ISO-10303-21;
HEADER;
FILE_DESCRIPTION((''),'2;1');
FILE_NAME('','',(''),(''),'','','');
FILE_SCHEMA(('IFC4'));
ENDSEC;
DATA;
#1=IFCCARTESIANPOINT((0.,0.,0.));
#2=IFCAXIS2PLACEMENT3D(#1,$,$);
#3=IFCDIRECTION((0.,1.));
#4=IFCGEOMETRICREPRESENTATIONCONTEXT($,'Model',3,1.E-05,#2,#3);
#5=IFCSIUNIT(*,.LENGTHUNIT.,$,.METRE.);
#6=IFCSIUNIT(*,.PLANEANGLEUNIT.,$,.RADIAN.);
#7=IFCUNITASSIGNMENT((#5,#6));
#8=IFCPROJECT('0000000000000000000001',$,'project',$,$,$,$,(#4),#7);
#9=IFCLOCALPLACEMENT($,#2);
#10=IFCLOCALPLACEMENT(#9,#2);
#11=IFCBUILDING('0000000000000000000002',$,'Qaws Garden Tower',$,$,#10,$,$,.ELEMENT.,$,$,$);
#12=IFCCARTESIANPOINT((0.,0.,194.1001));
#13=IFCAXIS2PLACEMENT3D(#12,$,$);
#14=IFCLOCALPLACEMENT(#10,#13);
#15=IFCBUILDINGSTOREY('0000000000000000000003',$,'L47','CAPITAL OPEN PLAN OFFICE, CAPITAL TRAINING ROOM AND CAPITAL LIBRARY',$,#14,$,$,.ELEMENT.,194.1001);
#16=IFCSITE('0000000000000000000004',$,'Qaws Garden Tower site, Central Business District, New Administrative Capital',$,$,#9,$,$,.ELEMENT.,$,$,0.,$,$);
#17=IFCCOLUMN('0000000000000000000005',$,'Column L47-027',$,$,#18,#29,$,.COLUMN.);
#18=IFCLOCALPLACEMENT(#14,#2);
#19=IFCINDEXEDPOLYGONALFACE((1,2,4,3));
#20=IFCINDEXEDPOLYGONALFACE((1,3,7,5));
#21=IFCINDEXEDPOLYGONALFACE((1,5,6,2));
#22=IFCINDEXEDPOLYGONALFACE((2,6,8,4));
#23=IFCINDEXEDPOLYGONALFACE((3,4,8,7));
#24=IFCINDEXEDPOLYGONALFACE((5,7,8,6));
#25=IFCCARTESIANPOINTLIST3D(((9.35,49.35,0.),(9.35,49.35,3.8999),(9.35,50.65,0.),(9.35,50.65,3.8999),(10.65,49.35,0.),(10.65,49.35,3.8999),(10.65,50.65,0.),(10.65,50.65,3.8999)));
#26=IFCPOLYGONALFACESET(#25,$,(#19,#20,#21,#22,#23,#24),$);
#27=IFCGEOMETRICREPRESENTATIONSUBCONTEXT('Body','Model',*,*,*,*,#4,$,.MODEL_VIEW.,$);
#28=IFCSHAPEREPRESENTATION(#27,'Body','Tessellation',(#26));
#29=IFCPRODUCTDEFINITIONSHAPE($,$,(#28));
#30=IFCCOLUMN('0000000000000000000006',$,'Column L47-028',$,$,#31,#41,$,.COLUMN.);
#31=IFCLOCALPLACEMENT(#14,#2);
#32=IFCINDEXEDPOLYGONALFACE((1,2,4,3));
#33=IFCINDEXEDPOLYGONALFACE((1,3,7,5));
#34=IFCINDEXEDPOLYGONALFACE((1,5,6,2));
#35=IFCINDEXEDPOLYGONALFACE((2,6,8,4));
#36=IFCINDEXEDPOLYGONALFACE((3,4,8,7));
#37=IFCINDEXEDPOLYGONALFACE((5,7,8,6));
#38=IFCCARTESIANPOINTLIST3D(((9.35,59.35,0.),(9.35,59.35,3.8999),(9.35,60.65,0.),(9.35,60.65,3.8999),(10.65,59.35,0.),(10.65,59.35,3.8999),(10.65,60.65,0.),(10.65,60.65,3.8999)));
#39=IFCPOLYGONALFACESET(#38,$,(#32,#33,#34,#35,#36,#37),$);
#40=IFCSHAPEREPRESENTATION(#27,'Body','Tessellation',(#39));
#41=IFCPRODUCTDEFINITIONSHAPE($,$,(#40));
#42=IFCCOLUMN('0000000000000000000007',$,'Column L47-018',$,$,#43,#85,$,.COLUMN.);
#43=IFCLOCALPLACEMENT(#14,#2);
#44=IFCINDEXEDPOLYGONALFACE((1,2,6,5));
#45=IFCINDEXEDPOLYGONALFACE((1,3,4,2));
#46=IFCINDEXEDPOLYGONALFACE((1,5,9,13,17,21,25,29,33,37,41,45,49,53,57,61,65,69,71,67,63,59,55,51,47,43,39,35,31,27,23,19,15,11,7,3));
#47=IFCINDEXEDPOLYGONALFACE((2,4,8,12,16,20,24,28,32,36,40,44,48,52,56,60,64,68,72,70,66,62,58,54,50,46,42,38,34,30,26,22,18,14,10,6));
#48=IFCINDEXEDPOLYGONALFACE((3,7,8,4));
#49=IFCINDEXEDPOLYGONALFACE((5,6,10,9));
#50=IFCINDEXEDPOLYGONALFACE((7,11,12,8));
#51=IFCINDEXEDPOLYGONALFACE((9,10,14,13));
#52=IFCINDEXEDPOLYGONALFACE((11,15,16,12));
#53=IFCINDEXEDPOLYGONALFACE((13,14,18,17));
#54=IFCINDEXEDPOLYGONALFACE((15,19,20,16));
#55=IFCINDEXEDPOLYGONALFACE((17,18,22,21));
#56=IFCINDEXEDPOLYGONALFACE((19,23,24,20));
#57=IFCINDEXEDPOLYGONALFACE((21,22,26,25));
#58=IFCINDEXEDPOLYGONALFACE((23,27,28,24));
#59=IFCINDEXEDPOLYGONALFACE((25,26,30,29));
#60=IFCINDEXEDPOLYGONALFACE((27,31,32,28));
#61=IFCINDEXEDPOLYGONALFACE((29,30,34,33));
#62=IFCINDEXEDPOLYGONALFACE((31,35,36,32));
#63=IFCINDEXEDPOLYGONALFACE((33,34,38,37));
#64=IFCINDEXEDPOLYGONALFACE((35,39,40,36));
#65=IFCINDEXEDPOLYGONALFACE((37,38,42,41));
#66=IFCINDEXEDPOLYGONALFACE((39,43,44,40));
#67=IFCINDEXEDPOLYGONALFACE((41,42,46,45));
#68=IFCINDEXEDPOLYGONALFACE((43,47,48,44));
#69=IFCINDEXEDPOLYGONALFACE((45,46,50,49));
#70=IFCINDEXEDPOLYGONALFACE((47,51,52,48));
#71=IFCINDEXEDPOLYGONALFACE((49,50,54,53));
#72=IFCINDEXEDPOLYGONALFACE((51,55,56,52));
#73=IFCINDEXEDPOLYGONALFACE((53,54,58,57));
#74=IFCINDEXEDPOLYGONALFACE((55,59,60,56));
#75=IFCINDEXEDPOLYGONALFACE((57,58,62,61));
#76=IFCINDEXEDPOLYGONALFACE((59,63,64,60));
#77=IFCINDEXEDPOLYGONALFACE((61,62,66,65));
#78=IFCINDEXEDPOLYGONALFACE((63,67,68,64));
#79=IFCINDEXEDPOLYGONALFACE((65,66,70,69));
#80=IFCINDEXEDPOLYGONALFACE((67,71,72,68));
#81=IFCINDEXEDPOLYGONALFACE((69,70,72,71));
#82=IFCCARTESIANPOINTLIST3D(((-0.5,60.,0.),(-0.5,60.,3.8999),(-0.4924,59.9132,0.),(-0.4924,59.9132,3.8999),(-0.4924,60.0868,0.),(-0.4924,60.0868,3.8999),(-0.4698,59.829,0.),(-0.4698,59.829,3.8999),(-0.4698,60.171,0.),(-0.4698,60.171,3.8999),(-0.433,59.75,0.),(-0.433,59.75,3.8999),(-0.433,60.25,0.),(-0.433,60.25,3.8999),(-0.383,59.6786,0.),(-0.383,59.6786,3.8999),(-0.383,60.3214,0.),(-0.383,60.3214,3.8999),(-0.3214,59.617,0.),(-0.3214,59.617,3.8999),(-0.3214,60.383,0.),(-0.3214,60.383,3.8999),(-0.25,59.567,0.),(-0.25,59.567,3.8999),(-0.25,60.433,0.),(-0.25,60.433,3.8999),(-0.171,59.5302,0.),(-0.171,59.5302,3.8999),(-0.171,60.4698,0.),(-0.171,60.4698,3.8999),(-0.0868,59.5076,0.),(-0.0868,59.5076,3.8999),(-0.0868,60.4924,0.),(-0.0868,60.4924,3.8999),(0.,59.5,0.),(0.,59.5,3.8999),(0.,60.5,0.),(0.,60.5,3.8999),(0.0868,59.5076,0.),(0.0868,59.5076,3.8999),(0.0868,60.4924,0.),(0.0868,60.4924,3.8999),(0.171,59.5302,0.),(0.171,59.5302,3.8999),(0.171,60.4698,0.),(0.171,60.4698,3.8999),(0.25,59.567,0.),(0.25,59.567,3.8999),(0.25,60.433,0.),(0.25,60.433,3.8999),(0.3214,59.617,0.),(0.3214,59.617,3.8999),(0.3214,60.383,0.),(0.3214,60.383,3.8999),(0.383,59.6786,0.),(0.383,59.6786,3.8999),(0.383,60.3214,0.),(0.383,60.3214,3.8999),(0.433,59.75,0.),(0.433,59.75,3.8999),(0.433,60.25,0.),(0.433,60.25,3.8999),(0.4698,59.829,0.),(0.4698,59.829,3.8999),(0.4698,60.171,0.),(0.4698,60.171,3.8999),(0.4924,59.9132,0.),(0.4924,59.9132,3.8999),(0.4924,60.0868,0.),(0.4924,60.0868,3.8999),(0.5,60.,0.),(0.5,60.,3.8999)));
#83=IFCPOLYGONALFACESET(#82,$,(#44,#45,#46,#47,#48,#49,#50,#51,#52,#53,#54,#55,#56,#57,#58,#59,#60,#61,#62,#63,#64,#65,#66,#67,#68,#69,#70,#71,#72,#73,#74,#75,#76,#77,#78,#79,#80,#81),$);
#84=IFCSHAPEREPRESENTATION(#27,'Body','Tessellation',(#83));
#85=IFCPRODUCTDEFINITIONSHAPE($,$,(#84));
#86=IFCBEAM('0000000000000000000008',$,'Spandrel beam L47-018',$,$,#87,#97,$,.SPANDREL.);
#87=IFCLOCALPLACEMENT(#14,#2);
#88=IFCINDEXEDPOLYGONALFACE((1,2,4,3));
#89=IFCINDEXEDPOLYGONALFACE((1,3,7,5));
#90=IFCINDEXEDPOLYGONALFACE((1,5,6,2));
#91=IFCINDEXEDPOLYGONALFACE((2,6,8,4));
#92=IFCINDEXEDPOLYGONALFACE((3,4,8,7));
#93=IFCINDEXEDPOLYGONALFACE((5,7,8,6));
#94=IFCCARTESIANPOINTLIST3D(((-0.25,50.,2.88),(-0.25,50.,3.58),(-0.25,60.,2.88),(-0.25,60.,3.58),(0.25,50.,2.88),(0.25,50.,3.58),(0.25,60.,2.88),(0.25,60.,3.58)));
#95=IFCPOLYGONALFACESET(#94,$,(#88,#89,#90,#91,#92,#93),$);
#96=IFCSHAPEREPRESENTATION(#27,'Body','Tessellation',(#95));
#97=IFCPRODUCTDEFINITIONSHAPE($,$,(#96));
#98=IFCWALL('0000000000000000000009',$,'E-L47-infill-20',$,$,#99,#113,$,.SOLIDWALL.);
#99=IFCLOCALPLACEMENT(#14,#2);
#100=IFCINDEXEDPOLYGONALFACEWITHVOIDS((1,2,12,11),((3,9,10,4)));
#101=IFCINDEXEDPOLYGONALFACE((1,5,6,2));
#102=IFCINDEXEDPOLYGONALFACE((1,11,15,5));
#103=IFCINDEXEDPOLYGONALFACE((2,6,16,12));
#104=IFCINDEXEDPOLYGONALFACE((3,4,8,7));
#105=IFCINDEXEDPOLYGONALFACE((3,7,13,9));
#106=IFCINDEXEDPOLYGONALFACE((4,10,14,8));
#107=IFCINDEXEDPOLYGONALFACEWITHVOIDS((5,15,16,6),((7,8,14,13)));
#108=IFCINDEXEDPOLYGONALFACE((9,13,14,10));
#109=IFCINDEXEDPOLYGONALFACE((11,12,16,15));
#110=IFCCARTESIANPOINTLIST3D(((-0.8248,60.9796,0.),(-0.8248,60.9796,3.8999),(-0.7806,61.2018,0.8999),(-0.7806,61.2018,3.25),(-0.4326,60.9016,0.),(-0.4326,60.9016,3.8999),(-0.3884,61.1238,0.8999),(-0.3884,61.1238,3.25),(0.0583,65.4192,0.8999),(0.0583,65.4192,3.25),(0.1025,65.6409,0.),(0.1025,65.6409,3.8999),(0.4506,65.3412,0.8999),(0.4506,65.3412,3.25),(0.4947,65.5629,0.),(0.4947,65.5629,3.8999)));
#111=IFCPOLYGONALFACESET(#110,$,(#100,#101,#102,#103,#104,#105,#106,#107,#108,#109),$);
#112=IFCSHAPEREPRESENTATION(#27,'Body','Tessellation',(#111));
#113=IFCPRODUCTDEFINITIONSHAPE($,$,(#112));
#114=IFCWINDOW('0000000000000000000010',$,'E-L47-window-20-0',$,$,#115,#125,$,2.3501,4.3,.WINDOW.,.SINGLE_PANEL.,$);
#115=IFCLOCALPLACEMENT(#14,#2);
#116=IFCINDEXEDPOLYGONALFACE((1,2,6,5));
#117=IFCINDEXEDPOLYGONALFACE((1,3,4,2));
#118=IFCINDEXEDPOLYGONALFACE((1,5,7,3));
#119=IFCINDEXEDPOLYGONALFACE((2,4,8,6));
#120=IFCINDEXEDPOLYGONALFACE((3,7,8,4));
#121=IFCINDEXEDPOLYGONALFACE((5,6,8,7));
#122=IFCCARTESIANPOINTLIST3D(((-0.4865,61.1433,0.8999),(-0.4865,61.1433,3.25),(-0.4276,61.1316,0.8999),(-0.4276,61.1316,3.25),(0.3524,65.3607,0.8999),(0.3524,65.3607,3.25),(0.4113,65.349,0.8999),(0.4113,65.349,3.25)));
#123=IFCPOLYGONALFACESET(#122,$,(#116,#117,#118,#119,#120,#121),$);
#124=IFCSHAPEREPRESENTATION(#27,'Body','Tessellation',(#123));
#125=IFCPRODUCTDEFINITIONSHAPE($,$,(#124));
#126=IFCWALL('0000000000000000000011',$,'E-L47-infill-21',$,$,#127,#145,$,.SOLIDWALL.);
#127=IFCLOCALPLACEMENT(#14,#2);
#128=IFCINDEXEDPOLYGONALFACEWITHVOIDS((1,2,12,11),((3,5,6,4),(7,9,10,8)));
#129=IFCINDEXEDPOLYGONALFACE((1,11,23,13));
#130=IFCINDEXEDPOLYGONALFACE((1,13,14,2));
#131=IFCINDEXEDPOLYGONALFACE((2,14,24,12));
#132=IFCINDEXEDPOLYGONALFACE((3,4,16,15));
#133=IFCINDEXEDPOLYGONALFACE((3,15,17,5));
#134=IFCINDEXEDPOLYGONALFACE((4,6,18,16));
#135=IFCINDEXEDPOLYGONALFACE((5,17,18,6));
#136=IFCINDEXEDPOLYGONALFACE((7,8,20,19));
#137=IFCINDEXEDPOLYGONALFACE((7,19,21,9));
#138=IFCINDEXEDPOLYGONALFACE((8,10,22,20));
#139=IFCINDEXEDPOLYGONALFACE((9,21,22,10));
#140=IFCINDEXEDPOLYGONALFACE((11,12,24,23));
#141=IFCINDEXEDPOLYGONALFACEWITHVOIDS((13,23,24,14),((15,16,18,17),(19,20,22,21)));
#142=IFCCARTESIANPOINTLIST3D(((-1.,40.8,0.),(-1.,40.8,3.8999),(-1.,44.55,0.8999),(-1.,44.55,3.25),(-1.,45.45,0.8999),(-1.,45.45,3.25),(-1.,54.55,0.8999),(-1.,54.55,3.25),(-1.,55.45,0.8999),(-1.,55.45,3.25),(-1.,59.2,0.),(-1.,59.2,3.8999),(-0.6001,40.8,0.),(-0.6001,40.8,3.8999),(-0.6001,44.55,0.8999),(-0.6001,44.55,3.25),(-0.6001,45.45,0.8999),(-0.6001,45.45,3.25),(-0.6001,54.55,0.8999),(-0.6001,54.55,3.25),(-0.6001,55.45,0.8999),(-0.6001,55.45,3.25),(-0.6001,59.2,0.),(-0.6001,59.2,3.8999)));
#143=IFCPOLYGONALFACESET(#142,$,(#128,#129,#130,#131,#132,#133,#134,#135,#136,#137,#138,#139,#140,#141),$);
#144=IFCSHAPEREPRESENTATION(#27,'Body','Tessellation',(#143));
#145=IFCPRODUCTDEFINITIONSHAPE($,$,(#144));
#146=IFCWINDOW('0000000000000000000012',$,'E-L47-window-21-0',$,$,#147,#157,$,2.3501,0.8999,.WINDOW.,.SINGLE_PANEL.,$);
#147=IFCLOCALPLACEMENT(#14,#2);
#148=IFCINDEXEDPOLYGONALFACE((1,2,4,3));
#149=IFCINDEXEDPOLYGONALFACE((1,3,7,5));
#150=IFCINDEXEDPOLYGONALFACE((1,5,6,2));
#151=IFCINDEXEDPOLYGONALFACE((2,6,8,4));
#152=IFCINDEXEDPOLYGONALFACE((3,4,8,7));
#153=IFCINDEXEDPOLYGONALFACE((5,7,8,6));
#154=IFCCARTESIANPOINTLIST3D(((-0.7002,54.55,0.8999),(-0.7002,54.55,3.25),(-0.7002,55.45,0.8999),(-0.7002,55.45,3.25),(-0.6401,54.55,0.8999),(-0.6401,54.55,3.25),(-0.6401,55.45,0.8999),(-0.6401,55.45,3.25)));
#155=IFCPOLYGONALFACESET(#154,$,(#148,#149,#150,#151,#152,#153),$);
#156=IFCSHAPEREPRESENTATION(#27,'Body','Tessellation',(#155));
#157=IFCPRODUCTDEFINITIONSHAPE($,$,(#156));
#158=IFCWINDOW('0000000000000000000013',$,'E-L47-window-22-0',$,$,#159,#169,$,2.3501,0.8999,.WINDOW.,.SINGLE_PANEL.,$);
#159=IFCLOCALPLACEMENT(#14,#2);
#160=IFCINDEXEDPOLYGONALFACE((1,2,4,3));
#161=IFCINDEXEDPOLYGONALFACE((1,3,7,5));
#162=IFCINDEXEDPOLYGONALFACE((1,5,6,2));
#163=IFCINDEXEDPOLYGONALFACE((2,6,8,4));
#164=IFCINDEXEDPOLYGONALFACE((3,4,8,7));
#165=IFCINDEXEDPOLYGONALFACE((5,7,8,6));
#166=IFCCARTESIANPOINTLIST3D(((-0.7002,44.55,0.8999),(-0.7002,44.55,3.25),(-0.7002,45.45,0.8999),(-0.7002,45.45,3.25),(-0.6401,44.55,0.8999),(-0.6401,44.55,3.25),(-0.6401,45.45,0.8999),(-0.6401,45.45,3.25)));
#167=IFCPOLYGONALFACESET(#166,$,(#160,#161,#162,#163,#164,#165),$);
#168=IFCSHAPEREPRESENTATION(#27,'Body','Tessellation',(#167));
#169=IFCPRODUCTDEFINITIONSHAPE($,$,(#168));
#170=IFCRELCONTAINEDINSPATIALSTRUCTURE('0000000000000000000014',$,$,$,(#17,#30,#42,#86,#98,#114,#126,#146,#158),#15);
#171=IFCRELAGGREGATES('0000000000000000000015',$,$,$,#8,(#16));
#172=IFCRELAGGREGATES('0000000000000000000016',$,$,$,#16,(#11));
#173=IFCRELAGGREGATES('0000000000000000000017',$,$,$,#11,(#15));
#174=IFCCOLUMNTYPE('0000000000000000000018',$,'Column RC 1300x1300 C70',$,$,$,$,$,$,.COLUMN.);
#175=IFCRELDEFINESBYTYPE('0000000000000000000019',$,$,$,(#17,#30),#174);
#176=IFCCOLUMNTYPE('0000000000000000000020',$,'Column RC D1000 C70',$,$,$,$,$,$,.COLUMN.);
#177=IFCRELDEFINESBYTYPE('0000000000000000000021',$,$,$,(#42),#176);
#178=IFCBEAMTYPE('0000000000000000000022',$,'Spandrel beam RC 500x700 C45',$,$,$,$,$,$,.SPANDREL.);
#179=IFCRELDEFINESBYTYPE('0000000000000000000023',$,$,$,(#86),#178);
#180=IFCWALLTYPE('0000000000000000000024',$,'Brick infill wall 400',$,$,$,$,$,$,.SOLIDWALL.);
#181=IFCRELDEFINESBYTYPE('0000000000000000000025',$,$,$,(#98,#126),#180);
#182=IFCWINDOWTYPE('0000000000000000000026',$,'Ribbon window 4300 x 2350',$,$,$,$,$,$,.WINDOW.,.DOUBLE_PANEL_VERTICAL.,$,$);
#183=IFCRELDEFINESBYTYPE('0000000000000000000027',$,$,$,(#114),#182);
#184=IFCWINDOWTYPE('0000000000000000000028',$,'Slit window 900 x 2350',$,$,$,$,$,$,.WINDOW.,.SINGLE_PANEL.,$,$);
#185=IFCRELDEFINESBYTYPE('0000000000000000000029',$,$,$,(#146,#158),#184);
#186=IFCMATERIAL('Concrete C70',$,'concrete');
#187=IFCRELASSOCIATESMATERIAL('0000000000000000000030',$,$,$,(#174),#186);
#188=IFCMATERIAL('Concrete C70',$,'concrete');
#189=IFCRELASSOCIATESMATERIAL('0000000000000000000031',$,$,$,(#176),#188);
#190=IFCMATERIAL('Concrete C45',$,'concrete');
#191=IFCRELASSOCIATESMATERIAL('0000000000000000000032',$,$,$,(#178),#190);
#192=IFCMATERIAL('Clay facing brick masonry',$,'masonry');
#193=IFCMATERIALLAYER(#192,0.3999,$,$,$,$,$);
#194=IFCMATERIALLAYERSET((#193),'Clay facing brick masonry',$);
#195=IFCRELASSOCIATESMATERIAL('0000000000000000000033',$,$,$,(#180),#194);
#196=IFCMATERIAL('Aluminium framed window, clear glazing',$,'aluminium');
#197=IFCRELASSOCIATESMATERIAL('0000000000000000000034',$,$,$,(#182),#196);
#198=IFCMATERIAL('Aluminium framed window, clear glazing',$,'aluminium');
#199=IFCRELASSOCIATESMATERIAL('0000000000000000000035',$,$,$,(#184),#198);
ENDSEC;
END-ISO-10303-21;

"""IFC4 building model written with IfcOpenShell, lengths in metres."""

from ifc_helpers import new_model, si_unit, direction, frame, frame_2d, origin, origin_2d, place, context, subcontext, project, spatial, rectangle, circle, extrude, material, layer, layer_set, material_profile, profile_set, type_object, element, fill, save


model = new_model("IFC4")

# Units and contexts
model_context = context("Model", 3, precision=1e-05, world=origin(), true_north=direction((0.0, 1.0)))
body_context = subcontext(model_context, "Body", "Model", "MODEL_VIEW")
ifc_project = project(units=[si_unit("LENGTHUNIT", "METRE"), si_unit("PLANEANGLEUNIT", "RADIAN")], contexts=[model_context])

# Site, building, storey
site_placement = place(None, origin())
site = spatial("IfcSite", under=ifc_project, at=site_placement, Name="Qaws Garden Tower site, Central Business District, New Administrative Capital", CompositionType="ELEMENT", RefElevation=0.0)
building_placement = place(site_placement, origin())
building = spatial("IfcBuilding", under=site, at=building_placement, Name="Qaws Garden Tower", CompositionType="ELEMENT")
storey_placement = place(building_placement, frame((0.0, 0.0, 194.1001)))
storey = spatial("IfcBuildingStorey", under=building, at=storey_placement, Name="L47", Description="CAPITAL OPEN PLAN OFFICE, CAPITAL TRAINING ROOM AND CAPITAL LIBRARY", CompositionType="ELEMENT", Elevation=194.1001)

# Columns
ifc_material_1 = material(Name="Concrete C70", Category="concrete")
ifc_material_profile_1 = material_profile(ifc_material_1, rectangle(XDim=1.3, YDim=1.3, at=origin_2d()), Name="RC 1300x1300")
ifc_profile_set_1 = profile_set([ifc_material_profile_1], Name="Concrete C70")
column_type_1 = type_object("IfcColumnType", Name="Column RC 1300x1300 C70", PredefinedType="COLUMN", material=ifc_profile_set_1)
for number, where, z_axis, x_axis, name in (
    (1, (10.0, 50.0, 0.0), (0.0, 0.0, 1.0), (1.0, 0.0, 0.0), "Column L47-027"),
    (2, (10.0, 60.0, 0.0), (0.0, 0.0, 1.0), (1.0, 0.0, 0.0), "Column L47-028"),
):
    element("IfcColumn", number, at=place(storey_placement, frame(where, z_axis=z_axis, x_axis=x_axis)), inside=storey, type_object=column_type_1, Name=name, PredefinedType="COLUMN", context=body_context, shape_type="SweptSolid", body=[
        extrude(rectangle(XDim=1.3, YDim=1.3, at=origin_2d()), origin(), (0.0, 0.0, 1.0), 3.8999),
    ])
ifc_material_2 = material(Name="Concrete C70", Category="concrete")
ifc_material_profile_2 = material_profile(ifc_material_2, circle(Radius=0.5, at=origin_2d()), Name="RC D1000")
ifc_profile_set_2 = profile_set([ifc_material_profile_2], Name="Concrete C70")
column_type_2 = type_object("IfcColumnType", Name="Column RC D1000 C70", PredefinedType="COLUMN", material=ifc_profile_set_2)
column_placement = place(storey_placement, frame((0.0, 60.0, 0.0), z_axis=(0.0, 0.0, 1.0), x_axis=(1.0, 0.0, 0.0)))
element("IfcColumn", 3, at=column_placement, inside=storey, type_object=column_type_2, Name="Column L47-018", PredefinedType="COLUMN", context=body_context, shape_type="SweptSolid", body=[
    extrude(circle(Radius=0.5, at=origin_2d()), origin(), (0.0, 0.0, 1.0), 3.8999),
])

# Beam
ifc_material_3 = material(Name="Concrete C45", Category="concrete")
ifc_material_profile_3 = material_profile(ifc_material_3, rectangle(XDim=0.5, YDim=0.7, at=origin_2d()), Name="RC 500x700")
ifc_profile_set_3 = profile_set([ifc_material_profile_3], Name="Concrete C45")
beam_type = type_object("IfcBeamType", Name="Spandrel beam RC 500x700 C45", PredefinedType="SPANDREL", material=ifc_profile_set_3)
beam_placement = place(storey_placement, frame((0.0, 60.0, 3.23), z_axis=(0.0, -1.0, 0.0), x_axis=(1.0, 0.0, 0.0)))
element("IfcBeam", 4, at=beam_placement, inside=storey, type_object=beam_type, Name="Spandrel beam L47-018", PredefinedType="SPANDREL", context=body_context, shape_type="SweptSolid", body=[
    extrude(rectangle(XDim=0.5, YDim=0.7, at=origin_2d()), origin(), (0.0, 0.0, 1.0), 10.0),
])

# Wall, opening, window
ifc_material_4 = material(Name="Clay facing brick masonry", Category="masonry")
ifc_layer_1 = layer(ifc_material_4, 0.3999)
ifc_layer_set_1 = layer_set([ifc_layer_1], Name="Clay facing brick masonry")
wall_type_1 = type_object("IfcWallType", Name="Brick infill wall 400", PredefinedType="SOLIDWALL", material=ifc_layer_set_1)
wall_1_placement = place(storey_placement, frame((0.2986, 65.6021, 0.0), z_axis=(0.0, 0.0, 1.0), x_axis=(-0.195099, -0.980784, 0.0)))
wall_1 = element("IfcWall", 5, at=wall_1_placement, inside=storey, type_object=wall_type_1, Name="E-L47-infill-20", PredefinedType="SOLIDWALL", context=body_context, shape_type="SweptSolid", body=[
    extrude(rectangle(XDim=4.7527, YDim=0.3999, at=frame_2d((2.3765, 0.0))), origin(), (0.0, 0.0, 1.0), 3.8999),
])
opening_1_placement = place(wall_1_placement, frame((0.2263, 0.0, 0.8999)))
opening_1 = element("IfcOpeningElement", 6, at=opening_1_placement, cuts=wall_1, PredefinedType="OPENING", context=body_context, shape_type="SweptSolid", body=[
    extrude(rectangle(XDim=4.3, YDim=2.3501, at=frame_2d((2.1499, 1.175))), frame((0.0, 0.21, 0.0), z_axis=(0.0, -1.0, 0.0), x_axis=(1.0, 0.0, 0.0)), (0.0, 0.0, 1.0), 0.4199),
])
ifc_material_5 = material(Name="Aluminium framed window, clear glazing", Category="aluminium")
window_type_1 = type_object("IfcWindowType", Name="Ribbon window 4300 x 2350", PartitioningType="DOUBLE_PANEL_VERTICAL", PredefinedType="WINDOW", material=ifc_material_5)
window_1_placement = place(opening_1_placement, origin())
window_1 = element("IfcWindow", 7, at=window_1_placement, inside=storey, type_object=window_type_1, Name="E-L47-window-20-0", OverallHeight=2.3501, OverallWidth=4.3, PartitioningType="SINGLE_PANEL", PredefinedType="WINDOW", context=body_context, shape_type="SweptSolid", body=[
    extrude(rectangle(XDim=4.3, YDim=2.3501, at=frame_2d((2.1499, 1.175))), frame((0.0, 0.1599, 0.0), z_axis=(0.0, -1.0, 0.0), x_axis=(1.0, 0.0, 0.0)), (0.0, 0.0, 1.0), 0.0601),
])
fill(opening_1, window_1)

# Wall, openings, windows
wall_2_placement = place(storey_placement, frame((-0.8, 59.2, 0.0), z_axis=(0.0, 0.0, 1.0), x_axis=(0.0, -1.0, 0.0)))
wall_2 = element("IfcWall", 8, at=wall_2_placement, inside=storey, type_object=wall_type_1, Name="E-L47-infill-21", PredefinedType="SOLIDWALL", context=body_context, shape_type="SweptSolid", body=[
    extrude(rectangle(XDim=18.3999, YDim=0.3999, at=frame_2d((9.2, 0.0))), origin(), (0.0, 0.0, 1.0), 3.8999),
])
opening_2_placement = place(wall_2_placement, frame((3.75, 0.0, 0.8999)))
opening_2 = element("IfcOpeningElement", 9, at=opening_2_placement, cuts=wall_2, PredefinedType="OPENING", context=body_context, shape_type="SweptSolid", body=[
    extrude(rectangle(XDim=0.8999, YDim=2.3501, at=frame_2d((0.45, 1.175))), frame((0.0, 0.21, 0.0), z_axis=(0.0, -1.0, 0.0), x_axis=(1.0, 0.0, 0.0)), (0.0, 0.0, 1.0), 0.4199),
])
opening_3_placement = place(wall_2_placement, frame((13.75, 0.0, 0.8999)))
opening_3 = element("IfcOpeningElement", 10, at=opening_3_placement, cuts=wall_2, PredefinedType="OPENING", context=body_context, shape_type="SweptSolid", body=[
    extrude(rectangle(XDim=0.8999, YDim=2.3501, at=frame_2d((0.45, 1.175))), frame((0.0, 0.21, 0.0), z_axis=(0.0, -1.0, 0.0), x_axis=(1.0, 0.0, 0.0)), (0.0, 0.0, 1.0), 0.4199),
])
ifc_material_6 = material(Name="Aluminium framed window, clear glazing", Category="aluminium")
window_type_2 = type_object("IfcWindowType", Name="Slit window 900 x 2350", PartitioningType="SINGLE_PANEL", PredefinedType="WINDOW", material=ifc_material_6)
window_2_placement = place(opening_2_placement, origin())
window_2 = element("IfcWindow", 11, at=window_2_placement, inside=storey, type_object=window_type_2, Name="E-L47-window-21-0", OverallHeight=2.3501, OverallWidth=0.8999, PartitioningType="SINGLE_PANEL", PredefinedType="WINDOW", context=body_context, shape_type="SweptSolid", body=[
    extrude(rectangle(XDim=0.8999, YDim=2.3501, at=frame_2d((0.45, 1.175))), frame((0.0, 0.1599, 0.0), z_axis=(0.0, -1.0, 0.0), x_axis=(1.0, 0.0, 0.0)), (0.0, 0.0, 1.0), 0.0601),
])
fill(opening_2, window_2)
window_3_placement = place(opening_3_placement, origin())
window_3 = element("IfcWindow", 12, at=window_3_placement, inside=storey, type_object=window_type_2, Name="E-L47-window-22-0", OverallHeight=2.3501, OverallWidth=0.8999, PartitioningType="SINGLE_PANEL", PredefinedType="WINDOW", context=body_context, shape_type="SweptSolid", body=[
    extrude(rectangle(XDim=0.8999, YDim=2.3501, at=frame_2d((0.45, 1.175))), frame((0.0, 0.1599, 0.0), z_axis=(0.0, -1.0, 0.0), x_axis=(1.0, 0.0, 0.0)), (0.0, 0.0, 1.0), 0.0601),
])
fill(opening_3, window_3)

save(model, "model.ifc")
